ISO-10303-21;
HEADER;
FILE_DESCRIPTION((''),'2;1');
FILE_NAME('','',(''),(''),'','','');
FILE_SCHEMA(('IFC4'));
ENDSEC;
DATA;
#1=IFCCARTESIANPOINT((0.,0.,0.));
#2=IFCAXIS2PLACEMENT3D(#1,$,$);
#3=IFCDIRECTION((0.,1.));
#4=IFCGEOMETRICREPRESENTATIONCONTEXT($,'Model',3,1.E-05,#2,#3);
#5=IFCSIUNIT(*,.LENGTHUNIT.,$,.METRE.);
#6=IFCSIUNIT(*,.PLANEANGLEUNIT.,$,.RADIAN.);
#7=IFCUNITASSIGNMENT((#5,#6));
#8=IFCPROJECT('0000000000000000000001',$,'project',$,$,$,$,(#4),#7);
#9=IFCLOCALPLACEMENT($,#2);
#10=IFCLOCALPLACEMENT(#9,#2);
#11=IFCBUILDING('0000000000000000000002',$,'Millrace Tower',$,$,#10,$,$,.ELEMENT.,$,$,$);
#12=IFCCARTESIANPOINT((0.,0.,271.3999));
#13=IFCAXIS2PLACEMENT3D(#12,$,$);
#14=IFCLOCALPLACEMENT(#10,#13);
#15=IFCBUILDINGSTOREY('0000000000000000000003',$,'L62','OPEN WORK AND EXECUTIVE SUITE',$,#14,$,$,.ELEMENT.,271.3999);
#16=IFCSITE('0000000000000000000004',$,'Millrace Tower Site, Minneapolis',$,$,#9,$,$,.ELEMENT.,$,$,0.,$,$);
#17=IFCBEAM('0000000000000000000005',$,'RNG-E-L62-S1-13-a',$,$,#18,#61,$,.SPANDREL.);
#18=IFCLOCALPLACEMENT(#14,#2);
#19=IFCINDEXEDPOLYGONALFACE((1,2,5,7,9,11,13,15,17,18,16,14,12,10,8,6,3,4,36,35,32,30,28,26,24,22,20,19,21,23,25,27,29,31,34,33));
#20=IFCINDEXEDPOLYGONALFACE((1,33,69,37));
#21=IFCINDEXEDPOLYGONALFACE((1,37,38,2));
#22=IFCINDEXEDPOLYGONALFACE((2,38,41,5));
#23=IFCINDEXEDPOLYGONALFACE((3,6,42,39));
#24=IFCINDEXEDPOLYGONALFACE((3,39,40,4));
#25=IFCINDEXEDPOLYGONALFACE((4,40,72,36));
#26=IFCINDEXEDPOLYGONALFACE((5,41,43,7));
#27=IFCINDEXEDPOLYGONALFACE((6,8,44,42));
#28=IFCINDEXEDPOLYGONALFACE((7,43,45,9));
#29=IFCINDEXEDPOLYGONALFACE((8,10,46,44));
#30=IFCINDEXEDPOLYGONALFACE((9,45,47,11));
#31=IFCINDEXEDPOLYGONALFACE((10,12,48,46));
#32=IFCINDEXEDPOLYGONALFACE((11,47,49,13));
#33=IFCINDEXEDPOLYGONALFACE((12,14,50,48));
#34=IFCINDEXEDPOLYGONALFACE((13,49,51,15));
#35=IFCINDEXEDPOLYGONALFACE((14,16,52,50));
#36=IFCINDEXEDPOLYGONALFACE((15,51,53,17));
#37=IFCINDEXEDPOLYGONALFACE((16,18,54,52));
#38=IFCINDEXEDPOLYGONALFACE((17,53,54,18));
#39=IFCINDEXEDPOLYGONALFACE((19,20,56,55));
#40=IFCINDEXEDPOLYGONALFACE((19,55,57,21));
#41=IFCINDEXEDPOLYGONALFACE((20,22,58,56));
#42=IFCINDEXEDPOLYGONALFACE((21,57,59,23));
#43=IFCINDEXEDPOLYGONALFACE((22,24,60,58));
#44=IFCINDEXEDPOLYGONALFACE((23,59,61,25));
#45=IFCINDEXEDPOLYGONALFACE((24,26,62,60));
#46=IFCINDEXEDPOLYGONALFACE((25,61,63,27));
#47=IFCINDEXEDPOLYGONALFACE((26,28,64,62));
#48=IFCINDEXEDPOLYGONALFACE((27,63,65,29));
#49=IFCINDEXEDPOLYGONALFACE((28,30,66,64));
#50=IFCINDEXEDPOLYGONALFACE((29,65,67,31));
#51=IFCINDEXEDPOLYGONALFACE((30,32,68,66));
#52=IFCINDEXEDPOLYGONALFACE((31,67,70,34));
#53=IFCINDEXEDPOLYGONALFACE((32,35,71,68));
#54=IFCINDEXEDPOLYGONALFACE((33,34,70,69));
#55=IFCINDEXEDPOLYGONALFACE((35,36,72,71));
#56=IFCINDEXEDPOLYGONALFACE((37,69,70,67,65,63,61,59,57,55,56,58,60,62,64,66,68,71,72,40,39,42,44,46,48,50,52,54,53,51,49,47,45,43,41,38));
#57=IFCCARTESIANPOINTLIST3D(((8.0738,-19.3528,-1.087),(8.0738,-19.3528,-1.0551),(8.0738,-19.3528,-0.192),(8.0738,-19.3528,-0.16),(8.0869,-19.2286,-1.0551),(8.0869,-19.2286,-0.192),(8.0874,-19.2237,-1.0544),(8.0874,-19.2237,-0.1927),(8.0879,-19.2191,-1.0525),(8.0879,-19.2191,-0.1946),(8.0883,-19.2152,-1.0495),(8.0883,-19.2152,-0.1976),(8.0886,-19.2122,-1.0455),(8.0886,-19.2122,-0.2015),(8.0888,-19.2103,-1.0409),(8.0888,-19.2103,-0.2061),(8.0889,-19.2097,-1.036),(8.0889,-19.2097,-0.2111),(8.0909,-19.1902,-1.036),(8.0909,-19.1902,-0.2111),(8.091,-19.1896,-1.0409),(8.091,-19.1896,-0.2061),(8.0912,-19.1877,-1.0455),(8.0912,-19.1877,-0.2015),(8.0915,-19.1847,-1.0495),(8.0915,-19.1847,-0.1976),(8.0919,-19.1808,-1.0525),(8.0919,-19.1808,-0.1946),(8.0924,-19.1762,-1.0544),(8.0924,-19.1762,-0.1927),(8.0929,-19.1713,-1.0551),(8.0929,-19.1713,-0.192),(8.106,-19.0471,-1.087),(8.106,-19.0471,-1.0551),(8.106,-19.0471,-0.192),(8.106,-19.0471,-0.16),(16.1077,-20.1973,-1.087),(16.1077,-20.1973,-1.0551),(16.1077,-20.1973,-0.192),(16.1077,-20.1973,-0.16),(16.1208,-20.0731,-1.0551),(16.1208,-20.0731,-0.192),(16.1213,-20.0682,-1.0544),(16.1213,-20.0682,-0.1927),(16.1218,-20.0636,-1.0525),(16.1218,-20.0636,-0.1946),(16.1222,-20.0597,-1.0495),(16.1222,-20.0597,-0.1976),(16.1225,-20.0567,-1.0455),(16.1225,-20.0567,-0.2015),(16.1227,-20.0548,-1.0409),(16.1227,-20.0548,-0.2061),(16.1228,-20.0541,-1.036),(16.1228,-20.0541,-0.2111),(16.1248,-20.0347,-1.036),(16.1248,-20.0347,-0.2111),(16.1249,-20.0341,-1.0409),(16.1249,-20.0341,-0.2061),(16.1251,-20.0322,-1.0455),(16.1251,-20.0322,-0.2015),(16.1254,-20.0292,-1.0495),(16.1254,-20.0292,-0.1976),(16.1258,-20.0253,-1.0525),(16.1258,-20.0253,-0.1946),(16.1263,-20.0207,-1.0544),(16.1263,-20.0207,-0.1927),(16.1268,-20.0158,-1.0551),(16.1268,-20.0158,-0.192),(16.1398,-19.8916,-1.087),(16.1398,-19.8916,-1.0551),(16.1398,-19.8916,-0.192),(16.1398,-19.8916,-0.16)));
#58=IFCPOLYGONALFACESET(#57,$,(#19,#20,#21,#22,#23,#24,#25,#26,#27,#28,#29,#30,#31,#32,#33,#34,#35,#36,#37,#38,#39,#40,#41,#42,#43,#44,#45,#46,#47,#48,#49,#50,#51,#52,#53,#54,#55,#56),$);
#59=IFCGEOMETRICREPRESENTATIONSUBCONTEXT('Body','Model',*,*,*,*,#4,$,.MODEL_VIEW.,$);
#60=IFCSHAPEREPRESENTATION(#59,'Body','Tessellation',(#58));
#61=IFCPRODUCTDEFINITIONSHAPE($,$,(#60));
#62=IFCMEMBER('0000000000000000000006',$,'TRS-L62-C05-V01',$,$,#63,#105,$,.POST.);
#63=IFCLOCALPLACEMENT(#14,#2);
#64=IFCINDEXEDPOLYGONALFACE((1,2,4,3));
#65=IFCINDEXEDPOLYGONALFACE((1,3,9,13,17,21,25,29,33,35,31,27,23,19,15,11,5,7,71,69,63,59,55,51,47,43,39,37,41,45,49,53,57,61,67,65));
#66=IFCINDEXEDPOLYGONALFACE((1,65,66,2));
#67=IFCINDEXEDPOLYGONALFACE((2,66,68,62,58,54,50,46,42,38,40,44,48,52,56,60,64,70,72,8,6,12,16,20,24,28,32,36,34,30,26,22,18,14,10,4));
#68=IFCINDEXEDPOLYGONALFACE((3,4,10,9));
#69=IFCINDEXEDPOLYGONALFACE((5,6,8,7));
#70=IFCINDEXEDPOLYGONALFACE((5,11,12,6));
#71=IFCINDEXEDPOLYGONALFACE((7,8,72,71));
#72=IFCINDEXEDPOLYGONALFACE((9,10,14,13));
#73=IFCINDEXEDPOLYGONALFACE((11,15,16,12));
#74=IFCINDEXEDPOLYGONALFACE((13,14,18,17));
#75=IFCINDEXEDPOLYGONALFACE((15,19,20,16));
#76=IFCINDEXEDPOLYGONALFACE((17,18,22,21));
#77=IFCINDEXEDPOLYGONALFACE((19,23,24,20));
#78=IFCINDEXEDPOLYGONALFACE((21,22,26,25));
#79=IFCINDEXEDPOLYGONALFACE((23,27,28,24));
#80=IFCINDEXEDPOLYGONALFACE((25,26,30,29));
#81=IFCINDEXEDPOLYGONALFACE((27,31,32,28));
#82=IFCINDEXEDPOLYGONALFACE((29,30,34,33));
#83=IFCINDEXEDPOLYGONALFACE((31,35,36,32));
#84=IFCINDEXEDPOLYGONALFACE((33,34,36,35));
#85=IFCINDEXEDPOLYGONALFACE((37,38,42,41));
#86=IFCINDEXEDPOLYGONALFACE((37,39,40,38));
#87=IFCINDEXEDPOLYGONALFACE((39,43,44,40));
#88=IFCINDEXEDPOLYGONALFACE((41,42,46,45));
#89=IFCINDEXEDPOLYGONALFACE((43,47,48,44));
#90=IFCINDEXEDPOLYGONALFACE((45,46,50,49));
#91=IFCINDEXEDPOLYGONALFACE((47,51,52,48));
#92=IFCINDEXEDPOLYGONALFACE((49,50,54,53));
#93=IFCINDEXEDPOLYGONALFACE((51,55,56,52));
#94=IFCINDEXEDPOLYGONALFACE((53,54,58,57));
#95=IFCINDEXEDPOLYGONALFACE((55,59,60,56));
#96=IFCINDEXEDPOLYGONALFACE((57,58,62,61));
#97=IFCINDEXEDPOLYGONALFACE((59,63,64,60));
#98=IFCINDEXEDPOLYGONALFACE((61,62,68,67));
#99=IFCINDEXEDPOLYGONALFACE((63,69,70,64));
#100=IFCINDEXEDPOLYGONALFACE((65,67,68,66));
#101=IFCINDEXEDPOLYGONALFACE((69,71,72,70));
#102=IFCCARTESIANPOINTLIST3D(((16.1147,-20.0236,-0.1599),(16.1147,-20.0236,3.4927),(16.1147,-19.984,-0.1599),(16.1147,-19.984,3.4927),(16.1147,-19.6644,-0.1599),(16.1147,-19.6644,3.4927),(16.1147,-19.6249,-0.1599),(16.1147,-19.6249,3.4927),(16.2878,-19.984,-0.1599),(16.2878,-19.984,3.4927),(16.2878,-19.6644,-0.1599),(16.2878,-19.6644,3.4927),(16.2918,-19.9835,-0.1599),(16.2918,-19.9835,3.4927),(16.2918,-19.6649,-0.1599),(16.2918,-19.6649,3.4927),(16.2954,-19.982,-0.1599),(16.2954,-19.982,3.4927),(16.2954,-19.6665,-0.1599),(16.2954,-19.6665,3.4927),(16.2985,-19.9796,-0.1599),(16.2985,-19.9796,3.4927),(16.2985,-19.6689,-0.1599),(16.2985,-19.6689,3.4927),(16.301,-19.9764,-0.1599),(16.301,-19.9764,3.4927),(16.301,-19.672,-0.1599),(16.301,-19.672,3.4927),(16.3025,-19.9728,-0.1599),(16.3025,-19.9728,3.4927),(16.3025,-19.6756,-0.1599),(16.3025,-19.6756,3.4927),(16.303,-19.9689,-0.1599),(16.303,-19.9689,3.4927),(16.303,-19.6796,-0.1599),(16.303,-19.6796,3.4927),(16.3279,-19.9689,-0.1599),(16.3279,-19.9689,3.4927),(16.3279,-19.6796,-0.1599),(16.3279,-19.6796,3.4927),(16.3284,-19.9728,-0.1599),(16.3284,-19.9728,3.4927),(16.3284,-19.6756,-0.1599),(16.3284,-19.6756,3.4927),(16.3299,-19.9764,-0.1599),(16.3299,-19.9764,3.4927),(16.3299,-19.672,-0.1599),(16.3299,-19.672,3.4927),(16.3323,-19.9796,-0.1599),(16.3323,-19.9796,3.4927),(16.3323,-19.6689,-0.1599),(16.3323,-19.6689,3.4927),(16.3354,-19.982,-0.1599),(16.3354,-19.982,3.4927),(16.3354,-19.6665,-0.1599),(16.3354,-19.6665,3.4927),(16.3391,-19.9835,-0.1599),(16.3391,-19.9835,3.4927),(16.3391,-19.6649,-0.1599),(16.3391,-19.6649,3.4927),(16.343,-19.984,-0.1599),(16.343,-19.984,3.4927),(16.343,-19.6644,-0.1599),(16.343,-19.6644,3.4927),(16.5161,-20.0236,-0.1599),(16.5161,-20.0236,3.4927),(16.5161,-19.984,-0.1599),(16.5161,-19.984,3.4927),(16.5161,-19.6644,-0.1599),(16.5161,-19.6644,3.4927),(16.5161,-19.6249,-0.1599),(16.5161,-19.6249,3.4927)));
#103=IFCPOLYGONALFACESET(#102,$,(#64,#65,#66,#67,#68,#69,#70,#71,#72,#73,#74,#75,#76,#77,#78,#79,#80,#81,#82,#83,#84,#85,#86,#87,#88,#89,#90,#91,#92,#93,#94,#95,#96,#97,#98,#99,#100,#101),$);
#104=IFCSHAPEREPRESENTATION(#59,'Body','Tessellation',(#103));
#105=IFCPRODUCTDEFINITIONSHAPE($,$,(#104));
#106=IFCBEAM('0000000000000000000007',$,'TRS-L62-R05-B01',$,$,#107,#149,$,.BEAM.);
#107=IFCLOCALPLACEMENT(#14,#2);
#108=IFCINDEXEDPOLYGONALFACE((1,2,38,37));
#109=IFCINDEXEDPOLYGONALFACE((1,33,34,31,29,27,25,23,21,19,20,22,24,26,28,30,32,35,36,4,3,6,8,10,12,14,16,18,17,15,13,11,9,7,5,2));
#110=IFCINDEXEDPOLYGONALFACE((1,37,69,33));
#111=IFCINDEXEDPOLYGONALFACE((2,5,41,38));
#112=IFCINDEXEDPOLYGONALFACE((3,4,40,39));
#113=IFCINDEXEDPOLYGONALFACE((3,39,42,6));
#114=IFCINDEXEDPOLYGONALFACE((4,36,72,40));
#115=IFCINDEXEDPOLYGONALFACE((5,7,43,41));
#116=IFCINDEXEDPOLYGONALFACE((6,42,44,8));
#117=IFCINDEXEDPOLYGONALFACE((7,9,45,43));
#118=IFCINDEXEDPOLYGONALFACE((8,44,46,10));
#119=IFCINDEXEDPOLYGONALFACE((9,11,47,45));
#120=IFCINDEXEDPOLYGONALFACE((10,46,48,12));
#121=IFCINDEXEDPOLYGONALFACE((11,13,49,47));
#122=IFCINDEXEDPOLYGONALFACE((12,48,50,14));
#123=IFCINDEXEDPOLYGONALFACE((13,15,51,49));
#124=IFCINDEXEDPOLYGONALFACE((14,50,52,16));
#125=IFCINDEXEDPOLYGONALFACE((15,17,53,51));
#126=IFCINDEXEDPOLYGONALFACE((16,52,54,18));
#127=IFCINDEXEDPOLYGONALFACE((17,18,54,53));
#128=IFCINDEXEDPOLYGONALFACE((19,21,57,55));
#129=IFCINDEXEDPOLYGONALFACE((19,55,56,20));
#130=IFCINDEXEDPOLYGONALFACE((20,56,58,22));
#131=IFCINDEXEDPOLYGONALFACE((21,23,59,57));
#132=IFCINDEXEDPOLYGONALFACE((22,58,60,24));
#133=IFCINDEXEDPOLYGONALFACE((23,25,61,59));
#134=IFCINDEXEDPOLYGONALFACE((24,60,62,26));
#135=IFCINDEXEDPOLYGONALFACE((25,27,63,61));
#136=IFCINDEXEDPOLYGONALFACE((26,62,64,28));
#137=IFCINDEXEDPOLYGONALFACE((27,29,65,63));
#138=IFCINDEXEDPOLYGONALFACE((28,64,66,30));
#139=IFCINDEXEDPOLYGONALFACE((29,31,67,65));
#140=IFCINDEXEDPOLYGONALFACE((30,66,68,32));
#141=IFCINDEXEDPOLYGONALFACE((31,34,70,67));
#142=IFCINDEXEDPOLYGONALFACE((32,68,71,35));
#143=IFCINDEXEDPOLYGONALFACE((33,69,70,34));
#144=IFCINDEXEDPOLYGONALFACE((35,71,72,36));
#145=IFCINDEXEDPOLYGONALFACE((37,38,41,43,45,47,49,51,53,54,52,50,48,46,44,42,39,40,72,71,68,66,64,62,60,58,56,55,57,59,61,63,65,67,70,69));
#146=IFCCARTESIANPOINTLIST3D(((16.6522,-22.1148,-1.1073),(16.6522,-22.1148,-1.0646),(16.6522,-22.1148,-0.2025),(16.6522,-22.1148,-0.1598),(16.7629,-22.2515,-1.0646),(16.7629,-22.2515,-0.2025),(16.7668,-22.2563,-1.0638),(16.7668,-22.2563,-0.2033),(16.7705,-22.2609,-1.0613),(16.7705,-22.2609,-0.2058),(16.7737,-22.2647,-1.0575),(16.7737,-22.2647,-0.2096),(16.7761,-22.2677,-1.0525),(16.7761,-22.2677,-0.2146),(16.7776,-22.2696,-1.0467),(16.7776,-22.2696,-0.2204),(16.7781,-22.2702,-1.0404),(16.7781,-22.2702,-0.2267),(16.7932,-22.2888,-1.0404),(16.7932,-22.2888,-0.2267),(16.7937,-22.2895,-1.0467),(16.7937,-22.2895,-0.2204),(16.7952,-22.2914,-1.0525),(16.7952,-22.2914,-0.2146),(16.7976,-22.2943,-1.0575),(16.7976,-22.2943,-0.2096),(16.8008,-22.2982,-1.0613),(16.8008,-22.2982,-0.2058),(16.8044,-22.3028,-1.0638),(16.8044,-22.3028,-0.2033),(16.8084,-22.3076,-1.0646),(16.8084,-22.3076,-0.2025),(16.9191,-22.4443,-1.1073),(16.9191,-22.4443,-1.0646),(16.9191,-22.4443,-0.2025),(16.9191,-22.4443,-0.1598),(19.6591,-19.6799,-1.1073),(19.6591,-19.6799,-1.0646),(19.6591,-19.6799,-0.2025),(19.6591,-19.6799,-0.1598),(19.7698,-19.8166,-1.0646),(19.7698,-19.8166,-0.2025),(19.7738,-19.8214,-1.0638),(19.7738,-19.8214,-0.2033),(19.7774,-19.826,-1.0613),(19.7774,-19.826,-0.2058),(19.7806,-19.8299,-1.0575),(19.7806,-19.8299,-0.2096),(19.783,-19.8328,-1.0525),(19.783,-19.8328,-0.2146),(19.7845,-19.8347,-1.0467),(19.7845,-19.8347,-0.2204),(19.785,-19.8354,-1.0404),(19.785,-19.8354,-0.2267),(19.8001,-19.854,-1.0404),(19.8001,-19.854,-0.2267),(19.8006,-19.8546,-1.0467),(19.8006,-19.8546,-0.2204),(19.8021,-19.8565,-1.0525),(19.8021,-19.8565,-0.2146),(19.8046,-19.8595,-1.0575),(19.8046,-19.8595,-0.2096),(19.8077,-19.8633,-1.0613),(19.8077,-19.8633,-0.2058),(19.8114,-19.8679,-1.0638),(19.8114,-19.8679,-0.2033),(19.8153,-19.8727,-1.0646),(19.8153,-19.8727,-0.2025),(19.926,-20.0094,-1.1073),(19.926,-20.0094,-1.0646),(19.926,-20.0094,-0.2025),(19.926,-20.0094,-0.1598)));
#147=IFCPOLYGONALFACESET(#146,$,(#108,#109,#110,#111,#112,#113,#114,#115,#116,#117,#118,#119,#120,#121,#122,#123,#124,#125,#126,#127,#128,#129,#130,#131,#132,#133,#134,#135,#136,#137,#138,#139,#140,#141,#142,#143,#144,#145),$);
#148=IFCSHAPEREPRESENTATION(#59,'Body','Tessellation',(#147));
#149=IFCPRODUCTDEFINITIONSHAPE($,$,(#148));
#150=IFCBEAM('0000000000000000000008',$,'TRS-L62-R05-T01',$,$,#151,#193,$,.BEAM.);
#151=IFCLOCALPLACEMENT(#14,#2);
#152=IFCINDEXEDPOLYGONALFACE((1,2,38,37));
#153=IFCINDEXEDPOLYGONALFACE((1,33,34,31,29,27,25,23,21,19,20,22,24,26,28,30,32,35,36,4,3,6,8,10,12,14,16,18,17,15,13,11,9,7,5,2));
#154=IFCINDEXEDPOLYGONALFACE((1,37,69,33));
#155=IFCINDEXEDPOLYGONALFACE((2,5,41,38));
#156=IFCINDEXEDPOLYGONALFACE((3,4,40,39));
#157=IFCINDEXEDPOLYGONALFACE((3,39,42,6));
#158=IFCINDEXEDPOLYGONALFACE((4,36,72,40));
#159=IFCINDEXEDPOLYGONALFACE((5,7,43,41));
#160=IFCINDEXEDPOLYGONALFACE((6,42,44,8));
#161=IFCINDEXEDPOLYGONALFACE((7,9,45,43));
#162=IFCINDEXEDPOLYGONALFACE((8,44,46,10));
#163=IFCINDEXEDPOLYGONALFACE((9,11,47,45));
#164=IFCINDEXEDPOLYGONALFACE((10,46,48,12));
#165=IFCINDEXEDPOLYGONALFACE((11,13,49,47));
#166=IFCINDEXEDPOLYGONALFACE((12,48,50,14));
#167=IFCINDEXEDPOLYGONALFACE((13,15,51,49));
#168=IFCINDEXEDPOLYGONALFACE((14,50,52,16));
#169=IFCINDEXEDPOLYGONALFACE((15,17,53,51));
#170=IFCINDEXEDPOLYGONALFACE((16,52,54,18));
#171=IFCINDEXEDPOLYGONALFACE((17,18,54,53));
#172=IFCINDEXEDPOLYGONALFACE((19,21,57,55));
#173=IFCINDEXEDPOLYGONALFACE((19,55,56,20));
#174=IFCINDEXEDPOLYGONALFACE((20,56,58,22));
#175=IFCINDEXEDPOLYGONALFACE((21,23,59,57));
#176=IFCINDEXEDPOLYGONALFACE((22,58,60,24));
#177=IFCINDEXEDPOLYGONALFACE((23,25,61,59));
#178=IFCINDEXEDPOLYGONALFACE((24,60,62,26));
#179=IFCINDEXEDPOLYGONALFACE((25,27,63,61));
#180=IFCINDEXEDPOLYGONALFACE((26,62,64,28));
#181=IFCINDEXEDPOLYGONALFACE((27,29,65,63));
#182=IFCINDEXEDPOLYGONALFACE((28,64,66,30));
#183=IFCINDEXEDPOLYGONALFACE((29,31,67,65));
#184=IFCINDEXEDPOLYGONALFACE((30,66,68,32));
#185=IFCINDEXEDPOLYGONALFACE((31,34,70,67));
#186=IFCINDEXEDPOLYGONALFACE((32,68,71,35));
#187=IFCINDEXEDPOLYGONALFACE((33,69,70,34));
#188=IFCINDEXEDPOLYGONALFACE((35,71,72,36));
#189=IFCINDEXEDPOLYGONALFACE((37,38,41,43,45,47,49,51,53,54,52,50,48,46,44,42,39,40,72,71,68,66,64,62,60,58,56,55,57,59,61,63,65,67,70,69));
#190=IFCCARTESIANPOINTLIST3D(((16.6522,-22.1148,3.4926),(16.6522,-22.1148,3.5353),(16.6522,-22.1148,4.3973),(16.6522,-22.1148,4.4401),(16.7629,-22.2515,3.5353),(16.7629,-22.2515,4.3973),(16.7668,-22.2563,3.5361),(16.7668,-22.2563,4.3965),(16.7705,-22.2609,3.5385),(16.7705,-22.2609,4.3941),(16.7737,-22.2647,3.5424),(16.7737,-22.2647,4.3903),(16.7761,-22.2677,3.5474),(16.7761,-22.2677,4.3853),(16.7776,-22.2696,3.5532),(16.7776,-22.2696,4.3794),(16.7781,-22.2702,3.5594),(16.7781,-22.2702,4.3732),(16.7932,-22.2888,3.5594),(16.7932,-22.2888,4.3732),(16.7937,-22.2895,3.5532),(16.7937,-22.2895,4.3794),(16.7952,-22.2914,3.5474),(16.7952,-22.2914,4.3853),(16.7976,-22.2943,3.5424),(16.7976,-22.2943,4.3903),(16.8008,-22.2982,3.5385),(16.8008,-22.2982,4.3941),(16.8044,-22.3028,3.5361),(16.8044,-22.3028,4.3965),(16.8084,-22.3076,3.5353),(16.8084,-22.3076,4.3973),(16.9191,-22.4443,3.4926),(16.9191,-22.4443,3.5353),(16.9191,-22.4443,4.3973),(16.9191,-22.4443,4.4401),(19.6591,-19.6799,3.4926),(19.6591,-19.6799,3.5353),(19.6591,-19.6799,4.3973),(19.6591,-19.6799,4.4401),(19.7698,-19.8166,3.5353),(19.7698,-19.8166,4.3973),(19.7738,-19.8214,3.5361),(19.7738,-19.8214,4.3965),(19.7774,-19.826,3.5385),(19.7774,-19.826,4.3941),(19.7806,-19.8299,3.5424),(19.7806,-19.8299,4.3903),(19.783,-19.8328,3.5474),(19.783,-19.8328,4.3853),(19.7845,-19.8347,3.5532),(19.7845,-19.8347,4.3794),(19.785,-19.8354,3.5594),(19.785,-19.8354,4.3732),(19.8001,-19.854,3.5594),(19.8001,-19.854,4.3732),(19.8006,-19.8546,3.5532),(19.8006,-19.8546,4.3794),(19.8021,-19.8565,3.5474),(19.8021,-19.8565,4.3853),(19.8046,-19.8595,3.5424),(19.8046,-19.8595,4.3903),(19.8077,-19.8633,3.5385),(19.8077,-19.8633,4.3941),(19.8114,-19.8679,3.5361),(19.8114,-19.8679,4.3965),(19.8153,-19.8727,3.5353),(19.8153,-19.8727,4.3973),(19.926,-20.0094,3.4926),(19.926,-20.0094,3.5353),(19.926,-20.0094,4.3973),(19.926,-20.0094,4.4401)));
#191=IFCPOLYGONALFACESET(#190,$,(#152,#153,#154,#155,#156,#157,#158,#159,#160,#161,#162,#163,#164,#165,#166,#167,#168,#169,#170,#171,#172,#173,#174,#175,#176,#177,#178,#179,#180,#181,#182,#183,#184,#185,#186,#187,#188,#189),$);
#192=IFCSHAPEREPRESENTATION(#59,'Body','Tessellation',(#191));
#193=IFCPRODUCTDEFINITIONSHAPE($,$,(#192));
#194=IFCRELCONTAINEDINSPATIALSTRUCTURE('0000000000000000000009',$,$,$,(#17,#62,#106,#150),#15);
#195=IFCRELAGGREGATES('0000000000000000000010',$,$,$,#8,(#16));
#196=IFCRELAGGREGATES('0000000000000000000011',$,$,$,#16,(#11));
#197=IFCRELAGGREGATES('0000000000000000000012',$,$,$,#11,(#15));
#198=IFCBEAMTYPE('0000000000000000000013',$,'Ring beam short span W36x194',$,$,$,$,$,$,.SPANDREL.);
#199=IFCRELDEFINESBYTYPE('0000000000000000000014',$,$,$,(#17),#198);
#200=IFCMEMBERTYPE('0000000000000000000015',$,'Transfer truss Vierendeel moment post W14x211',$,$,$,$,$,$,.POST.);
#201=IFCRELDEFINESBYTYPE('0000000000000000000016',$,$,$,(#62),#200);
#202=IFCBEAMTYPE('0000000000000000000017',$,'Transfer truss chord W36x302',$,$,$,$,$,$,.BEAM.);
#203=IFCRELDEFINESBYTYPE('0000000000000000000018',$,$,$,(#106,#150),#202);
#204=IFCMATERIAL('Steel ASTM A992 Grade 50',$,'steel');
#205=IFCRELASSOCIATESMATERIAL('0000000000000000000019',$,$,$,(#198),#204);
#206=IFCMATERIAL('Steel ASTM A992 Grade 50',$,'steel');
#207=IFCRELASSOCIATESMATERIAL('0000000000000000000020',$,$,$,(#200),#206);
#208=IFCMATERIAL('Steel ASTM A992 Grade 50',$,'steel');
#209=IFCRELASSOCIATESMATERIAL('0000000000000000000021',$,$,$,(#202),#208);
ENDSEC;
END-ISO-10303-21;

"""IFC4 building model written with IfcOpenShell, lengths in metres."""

from ifc_helpers import new_model, si_unit, direction, frame, origin, origin_2d, place, context, subcontext, project, spatial, i_section, extrude, material, material_profile, profile_set, type_object, element, save


model = new_model("IFC4")

# Units and contexts
model_context = context("Model", 3, precision=1e-05, world=origin(), true_north=direction((0.0, 1.0)))
body_context = subcontext(model_context, "Body", "Model", "MODEL_VIEW")
ifc_project = project(units=[si_unit("LENGTHUNIT", "METRE"), si_unit("PLANEANGLEUNIT", "RADIAN")], contexts=[model_context])

# Site, building, storey
site_placement = place(None, origin())
site = spatial("IfcSite", under=ifc_project, at=site_placement, Name="Millrace Tower Site, Minneapolis", CompositionType="ELEMENT", RefElevation=0.0)
building_placement = place(site_placement, origin())
building = spatial("IfcBuilding", under=site, at=building_placement, Name="Millrace Tower", CompositionType="ELEMENT")
storey_placement = place(building_placement, frame((0.0, 0.0, 271.3999)))
storey = spatial("IfcBuildingStorey", under=building, at=storey_placement, Name="L62", Description="OPEN WORK AND EXECUTIVE SUITE", CompositionType="ELEMENT", Elevation=271.3999)

# Beam
ifc_material_1 = material(Name="Steel ASTM A992 Grade 50", Category="steel")
ifc_material_profile_1 = material_profile(ifc_material_1, i_section(OverallWidth=0.3074, OverallDepth=0.927, WebThickness=0.0195, FlangeThickness=0.032, FilletRadius=0.019, at=origin_2d()))
ifc_profile_set_1 = profile_set([ifc_material_profile_1], Name="Steel ASTM A992 Grade 50")
beam_type_1 = type_object("IfcBeamType", Name="Ring beam short span W36x194", PredefinedType="SPANDREL", material=ifc_profile_set_1)
beam_1_placement = place(storey_placement, frame((16.1238, -20.0444, -0.6235), z_axis=(-0.994521, 0.104538, 0.0), x_axis=(-0.104538, -0.994521, 0.0)))
element("IfcBeam", 1, at=beam_1_placement, inside=storey, type_object=beam_type_1, Name="RNG-E-L62-S1-13-a", PredefinedType="SPANDREL", context=body_context, shape_type="SweptSolid", body=[
    extrude(i_section(OverallWidth=0.3074, OverallDepth=0.927, WebThickness=0.0195, FlangeThickness=0.032, FilletRadius=0.019, at=origin_2d()), origin(), (0.0, 0.0, 1.0), 8.0781),
])

# Member
ifc_material_2 = material(Name="Steel ASTM A992 Grade 50", Category="steel")
ifc_material_profile_2 = material_profile(ifc_material_2, i_section(OverallWidth=0.4014, OverallDepth=0.3987, WebThickness=0.0249, FlangeThickness=0.0396, FilletRadius=0.0151, at=origin_2d()))
ifc_profile_set_2 = profile_set([ifc_material_profile_2], Name="Steel ASTM A992 Grade 50")
member_type_1 = type_object("IfcMemberType", Name="Transfer truss Vierendeel moment post W14x211", PredefinedType="POST", material=ifc_profile_set_2)
member_1_placement = place(storey_placement, frame((16.3154, -19.8242, -0.1599), z_axis=(0.0, 0.0, 1.0), x_axis=(1.0, 0.0, 0.0)))
element("IfcMember", 2, at=member_1_placement, inside=storey, type_object=member_type_1, Name="TRS-L62-C05-V01", PredefinedType="POST", context=body_context, shape_type="SweptSolid", body=[
    extrude(i_section(OverallWidth=0.4014, OverallDepth=0.3987, WebThickness=0.0249, FlangeThickness=0.0396, FilletRadius=0.0151, at=origin_2d()), origin(), (0.0, 0.0, 1.0), 3.6526),
])

# Beams
ifc_material_3 = material(Name="Steel ASTM A992 Grade 50", Category="steel")
ifc_material_profile_3 = material_profile(ifc_material_3, i_section(OverallWidth=0.4241, OverallDepth=0.9475, WebThickness=0.0239, FlangeThickness=0.0427, FilletRadius=0.0242, at=origin_2d()))
ifc_profile_set_3 = profile_set([ifc_material_profile_3], Name="Steel ASTM A992 Grade 50")
beam_type_2 = type_object("IfcBeamType", Name="Transfer truss chord W36x302", PredefinedType="BEAM", material=ifc_profile_set_3)
for number, where, z_axis, x_axis, name in (
    (3, (16.7856, -22.2795, -0.6335), (0.777155, 0.629309, 0.0), (-0.629309, 0.777155, 0.0), "TRS-L62-R05-B01"),
    (4, (16.7856, -22.2795, 3.9663), (0.777155, 0.629309, 0.0), (-0.629309, 0.777155, 0.0), "TRS-L62-R05-T01"),
):
    element("IfcBeam", number, at=place(storey_placement, frame(where, z_axis=z_axis, x_axis=x_axis)), inside=storey, type_object=beam_type_2, Name=name, PredefinedType="BEAM", context=body_context, shape_type="SweptSolid", body=[
        extrude(i_section(OverallWidth=0.4241, OverallDepth=0.9475, WebThickness=0.0239, FlangeThickness=0.0427, FilletRadius=0.0242, at=origin_2d()), origin(), (0.0, 0.0, 1.0), 3.8691),
    ])

save(model, "model.ifc")
